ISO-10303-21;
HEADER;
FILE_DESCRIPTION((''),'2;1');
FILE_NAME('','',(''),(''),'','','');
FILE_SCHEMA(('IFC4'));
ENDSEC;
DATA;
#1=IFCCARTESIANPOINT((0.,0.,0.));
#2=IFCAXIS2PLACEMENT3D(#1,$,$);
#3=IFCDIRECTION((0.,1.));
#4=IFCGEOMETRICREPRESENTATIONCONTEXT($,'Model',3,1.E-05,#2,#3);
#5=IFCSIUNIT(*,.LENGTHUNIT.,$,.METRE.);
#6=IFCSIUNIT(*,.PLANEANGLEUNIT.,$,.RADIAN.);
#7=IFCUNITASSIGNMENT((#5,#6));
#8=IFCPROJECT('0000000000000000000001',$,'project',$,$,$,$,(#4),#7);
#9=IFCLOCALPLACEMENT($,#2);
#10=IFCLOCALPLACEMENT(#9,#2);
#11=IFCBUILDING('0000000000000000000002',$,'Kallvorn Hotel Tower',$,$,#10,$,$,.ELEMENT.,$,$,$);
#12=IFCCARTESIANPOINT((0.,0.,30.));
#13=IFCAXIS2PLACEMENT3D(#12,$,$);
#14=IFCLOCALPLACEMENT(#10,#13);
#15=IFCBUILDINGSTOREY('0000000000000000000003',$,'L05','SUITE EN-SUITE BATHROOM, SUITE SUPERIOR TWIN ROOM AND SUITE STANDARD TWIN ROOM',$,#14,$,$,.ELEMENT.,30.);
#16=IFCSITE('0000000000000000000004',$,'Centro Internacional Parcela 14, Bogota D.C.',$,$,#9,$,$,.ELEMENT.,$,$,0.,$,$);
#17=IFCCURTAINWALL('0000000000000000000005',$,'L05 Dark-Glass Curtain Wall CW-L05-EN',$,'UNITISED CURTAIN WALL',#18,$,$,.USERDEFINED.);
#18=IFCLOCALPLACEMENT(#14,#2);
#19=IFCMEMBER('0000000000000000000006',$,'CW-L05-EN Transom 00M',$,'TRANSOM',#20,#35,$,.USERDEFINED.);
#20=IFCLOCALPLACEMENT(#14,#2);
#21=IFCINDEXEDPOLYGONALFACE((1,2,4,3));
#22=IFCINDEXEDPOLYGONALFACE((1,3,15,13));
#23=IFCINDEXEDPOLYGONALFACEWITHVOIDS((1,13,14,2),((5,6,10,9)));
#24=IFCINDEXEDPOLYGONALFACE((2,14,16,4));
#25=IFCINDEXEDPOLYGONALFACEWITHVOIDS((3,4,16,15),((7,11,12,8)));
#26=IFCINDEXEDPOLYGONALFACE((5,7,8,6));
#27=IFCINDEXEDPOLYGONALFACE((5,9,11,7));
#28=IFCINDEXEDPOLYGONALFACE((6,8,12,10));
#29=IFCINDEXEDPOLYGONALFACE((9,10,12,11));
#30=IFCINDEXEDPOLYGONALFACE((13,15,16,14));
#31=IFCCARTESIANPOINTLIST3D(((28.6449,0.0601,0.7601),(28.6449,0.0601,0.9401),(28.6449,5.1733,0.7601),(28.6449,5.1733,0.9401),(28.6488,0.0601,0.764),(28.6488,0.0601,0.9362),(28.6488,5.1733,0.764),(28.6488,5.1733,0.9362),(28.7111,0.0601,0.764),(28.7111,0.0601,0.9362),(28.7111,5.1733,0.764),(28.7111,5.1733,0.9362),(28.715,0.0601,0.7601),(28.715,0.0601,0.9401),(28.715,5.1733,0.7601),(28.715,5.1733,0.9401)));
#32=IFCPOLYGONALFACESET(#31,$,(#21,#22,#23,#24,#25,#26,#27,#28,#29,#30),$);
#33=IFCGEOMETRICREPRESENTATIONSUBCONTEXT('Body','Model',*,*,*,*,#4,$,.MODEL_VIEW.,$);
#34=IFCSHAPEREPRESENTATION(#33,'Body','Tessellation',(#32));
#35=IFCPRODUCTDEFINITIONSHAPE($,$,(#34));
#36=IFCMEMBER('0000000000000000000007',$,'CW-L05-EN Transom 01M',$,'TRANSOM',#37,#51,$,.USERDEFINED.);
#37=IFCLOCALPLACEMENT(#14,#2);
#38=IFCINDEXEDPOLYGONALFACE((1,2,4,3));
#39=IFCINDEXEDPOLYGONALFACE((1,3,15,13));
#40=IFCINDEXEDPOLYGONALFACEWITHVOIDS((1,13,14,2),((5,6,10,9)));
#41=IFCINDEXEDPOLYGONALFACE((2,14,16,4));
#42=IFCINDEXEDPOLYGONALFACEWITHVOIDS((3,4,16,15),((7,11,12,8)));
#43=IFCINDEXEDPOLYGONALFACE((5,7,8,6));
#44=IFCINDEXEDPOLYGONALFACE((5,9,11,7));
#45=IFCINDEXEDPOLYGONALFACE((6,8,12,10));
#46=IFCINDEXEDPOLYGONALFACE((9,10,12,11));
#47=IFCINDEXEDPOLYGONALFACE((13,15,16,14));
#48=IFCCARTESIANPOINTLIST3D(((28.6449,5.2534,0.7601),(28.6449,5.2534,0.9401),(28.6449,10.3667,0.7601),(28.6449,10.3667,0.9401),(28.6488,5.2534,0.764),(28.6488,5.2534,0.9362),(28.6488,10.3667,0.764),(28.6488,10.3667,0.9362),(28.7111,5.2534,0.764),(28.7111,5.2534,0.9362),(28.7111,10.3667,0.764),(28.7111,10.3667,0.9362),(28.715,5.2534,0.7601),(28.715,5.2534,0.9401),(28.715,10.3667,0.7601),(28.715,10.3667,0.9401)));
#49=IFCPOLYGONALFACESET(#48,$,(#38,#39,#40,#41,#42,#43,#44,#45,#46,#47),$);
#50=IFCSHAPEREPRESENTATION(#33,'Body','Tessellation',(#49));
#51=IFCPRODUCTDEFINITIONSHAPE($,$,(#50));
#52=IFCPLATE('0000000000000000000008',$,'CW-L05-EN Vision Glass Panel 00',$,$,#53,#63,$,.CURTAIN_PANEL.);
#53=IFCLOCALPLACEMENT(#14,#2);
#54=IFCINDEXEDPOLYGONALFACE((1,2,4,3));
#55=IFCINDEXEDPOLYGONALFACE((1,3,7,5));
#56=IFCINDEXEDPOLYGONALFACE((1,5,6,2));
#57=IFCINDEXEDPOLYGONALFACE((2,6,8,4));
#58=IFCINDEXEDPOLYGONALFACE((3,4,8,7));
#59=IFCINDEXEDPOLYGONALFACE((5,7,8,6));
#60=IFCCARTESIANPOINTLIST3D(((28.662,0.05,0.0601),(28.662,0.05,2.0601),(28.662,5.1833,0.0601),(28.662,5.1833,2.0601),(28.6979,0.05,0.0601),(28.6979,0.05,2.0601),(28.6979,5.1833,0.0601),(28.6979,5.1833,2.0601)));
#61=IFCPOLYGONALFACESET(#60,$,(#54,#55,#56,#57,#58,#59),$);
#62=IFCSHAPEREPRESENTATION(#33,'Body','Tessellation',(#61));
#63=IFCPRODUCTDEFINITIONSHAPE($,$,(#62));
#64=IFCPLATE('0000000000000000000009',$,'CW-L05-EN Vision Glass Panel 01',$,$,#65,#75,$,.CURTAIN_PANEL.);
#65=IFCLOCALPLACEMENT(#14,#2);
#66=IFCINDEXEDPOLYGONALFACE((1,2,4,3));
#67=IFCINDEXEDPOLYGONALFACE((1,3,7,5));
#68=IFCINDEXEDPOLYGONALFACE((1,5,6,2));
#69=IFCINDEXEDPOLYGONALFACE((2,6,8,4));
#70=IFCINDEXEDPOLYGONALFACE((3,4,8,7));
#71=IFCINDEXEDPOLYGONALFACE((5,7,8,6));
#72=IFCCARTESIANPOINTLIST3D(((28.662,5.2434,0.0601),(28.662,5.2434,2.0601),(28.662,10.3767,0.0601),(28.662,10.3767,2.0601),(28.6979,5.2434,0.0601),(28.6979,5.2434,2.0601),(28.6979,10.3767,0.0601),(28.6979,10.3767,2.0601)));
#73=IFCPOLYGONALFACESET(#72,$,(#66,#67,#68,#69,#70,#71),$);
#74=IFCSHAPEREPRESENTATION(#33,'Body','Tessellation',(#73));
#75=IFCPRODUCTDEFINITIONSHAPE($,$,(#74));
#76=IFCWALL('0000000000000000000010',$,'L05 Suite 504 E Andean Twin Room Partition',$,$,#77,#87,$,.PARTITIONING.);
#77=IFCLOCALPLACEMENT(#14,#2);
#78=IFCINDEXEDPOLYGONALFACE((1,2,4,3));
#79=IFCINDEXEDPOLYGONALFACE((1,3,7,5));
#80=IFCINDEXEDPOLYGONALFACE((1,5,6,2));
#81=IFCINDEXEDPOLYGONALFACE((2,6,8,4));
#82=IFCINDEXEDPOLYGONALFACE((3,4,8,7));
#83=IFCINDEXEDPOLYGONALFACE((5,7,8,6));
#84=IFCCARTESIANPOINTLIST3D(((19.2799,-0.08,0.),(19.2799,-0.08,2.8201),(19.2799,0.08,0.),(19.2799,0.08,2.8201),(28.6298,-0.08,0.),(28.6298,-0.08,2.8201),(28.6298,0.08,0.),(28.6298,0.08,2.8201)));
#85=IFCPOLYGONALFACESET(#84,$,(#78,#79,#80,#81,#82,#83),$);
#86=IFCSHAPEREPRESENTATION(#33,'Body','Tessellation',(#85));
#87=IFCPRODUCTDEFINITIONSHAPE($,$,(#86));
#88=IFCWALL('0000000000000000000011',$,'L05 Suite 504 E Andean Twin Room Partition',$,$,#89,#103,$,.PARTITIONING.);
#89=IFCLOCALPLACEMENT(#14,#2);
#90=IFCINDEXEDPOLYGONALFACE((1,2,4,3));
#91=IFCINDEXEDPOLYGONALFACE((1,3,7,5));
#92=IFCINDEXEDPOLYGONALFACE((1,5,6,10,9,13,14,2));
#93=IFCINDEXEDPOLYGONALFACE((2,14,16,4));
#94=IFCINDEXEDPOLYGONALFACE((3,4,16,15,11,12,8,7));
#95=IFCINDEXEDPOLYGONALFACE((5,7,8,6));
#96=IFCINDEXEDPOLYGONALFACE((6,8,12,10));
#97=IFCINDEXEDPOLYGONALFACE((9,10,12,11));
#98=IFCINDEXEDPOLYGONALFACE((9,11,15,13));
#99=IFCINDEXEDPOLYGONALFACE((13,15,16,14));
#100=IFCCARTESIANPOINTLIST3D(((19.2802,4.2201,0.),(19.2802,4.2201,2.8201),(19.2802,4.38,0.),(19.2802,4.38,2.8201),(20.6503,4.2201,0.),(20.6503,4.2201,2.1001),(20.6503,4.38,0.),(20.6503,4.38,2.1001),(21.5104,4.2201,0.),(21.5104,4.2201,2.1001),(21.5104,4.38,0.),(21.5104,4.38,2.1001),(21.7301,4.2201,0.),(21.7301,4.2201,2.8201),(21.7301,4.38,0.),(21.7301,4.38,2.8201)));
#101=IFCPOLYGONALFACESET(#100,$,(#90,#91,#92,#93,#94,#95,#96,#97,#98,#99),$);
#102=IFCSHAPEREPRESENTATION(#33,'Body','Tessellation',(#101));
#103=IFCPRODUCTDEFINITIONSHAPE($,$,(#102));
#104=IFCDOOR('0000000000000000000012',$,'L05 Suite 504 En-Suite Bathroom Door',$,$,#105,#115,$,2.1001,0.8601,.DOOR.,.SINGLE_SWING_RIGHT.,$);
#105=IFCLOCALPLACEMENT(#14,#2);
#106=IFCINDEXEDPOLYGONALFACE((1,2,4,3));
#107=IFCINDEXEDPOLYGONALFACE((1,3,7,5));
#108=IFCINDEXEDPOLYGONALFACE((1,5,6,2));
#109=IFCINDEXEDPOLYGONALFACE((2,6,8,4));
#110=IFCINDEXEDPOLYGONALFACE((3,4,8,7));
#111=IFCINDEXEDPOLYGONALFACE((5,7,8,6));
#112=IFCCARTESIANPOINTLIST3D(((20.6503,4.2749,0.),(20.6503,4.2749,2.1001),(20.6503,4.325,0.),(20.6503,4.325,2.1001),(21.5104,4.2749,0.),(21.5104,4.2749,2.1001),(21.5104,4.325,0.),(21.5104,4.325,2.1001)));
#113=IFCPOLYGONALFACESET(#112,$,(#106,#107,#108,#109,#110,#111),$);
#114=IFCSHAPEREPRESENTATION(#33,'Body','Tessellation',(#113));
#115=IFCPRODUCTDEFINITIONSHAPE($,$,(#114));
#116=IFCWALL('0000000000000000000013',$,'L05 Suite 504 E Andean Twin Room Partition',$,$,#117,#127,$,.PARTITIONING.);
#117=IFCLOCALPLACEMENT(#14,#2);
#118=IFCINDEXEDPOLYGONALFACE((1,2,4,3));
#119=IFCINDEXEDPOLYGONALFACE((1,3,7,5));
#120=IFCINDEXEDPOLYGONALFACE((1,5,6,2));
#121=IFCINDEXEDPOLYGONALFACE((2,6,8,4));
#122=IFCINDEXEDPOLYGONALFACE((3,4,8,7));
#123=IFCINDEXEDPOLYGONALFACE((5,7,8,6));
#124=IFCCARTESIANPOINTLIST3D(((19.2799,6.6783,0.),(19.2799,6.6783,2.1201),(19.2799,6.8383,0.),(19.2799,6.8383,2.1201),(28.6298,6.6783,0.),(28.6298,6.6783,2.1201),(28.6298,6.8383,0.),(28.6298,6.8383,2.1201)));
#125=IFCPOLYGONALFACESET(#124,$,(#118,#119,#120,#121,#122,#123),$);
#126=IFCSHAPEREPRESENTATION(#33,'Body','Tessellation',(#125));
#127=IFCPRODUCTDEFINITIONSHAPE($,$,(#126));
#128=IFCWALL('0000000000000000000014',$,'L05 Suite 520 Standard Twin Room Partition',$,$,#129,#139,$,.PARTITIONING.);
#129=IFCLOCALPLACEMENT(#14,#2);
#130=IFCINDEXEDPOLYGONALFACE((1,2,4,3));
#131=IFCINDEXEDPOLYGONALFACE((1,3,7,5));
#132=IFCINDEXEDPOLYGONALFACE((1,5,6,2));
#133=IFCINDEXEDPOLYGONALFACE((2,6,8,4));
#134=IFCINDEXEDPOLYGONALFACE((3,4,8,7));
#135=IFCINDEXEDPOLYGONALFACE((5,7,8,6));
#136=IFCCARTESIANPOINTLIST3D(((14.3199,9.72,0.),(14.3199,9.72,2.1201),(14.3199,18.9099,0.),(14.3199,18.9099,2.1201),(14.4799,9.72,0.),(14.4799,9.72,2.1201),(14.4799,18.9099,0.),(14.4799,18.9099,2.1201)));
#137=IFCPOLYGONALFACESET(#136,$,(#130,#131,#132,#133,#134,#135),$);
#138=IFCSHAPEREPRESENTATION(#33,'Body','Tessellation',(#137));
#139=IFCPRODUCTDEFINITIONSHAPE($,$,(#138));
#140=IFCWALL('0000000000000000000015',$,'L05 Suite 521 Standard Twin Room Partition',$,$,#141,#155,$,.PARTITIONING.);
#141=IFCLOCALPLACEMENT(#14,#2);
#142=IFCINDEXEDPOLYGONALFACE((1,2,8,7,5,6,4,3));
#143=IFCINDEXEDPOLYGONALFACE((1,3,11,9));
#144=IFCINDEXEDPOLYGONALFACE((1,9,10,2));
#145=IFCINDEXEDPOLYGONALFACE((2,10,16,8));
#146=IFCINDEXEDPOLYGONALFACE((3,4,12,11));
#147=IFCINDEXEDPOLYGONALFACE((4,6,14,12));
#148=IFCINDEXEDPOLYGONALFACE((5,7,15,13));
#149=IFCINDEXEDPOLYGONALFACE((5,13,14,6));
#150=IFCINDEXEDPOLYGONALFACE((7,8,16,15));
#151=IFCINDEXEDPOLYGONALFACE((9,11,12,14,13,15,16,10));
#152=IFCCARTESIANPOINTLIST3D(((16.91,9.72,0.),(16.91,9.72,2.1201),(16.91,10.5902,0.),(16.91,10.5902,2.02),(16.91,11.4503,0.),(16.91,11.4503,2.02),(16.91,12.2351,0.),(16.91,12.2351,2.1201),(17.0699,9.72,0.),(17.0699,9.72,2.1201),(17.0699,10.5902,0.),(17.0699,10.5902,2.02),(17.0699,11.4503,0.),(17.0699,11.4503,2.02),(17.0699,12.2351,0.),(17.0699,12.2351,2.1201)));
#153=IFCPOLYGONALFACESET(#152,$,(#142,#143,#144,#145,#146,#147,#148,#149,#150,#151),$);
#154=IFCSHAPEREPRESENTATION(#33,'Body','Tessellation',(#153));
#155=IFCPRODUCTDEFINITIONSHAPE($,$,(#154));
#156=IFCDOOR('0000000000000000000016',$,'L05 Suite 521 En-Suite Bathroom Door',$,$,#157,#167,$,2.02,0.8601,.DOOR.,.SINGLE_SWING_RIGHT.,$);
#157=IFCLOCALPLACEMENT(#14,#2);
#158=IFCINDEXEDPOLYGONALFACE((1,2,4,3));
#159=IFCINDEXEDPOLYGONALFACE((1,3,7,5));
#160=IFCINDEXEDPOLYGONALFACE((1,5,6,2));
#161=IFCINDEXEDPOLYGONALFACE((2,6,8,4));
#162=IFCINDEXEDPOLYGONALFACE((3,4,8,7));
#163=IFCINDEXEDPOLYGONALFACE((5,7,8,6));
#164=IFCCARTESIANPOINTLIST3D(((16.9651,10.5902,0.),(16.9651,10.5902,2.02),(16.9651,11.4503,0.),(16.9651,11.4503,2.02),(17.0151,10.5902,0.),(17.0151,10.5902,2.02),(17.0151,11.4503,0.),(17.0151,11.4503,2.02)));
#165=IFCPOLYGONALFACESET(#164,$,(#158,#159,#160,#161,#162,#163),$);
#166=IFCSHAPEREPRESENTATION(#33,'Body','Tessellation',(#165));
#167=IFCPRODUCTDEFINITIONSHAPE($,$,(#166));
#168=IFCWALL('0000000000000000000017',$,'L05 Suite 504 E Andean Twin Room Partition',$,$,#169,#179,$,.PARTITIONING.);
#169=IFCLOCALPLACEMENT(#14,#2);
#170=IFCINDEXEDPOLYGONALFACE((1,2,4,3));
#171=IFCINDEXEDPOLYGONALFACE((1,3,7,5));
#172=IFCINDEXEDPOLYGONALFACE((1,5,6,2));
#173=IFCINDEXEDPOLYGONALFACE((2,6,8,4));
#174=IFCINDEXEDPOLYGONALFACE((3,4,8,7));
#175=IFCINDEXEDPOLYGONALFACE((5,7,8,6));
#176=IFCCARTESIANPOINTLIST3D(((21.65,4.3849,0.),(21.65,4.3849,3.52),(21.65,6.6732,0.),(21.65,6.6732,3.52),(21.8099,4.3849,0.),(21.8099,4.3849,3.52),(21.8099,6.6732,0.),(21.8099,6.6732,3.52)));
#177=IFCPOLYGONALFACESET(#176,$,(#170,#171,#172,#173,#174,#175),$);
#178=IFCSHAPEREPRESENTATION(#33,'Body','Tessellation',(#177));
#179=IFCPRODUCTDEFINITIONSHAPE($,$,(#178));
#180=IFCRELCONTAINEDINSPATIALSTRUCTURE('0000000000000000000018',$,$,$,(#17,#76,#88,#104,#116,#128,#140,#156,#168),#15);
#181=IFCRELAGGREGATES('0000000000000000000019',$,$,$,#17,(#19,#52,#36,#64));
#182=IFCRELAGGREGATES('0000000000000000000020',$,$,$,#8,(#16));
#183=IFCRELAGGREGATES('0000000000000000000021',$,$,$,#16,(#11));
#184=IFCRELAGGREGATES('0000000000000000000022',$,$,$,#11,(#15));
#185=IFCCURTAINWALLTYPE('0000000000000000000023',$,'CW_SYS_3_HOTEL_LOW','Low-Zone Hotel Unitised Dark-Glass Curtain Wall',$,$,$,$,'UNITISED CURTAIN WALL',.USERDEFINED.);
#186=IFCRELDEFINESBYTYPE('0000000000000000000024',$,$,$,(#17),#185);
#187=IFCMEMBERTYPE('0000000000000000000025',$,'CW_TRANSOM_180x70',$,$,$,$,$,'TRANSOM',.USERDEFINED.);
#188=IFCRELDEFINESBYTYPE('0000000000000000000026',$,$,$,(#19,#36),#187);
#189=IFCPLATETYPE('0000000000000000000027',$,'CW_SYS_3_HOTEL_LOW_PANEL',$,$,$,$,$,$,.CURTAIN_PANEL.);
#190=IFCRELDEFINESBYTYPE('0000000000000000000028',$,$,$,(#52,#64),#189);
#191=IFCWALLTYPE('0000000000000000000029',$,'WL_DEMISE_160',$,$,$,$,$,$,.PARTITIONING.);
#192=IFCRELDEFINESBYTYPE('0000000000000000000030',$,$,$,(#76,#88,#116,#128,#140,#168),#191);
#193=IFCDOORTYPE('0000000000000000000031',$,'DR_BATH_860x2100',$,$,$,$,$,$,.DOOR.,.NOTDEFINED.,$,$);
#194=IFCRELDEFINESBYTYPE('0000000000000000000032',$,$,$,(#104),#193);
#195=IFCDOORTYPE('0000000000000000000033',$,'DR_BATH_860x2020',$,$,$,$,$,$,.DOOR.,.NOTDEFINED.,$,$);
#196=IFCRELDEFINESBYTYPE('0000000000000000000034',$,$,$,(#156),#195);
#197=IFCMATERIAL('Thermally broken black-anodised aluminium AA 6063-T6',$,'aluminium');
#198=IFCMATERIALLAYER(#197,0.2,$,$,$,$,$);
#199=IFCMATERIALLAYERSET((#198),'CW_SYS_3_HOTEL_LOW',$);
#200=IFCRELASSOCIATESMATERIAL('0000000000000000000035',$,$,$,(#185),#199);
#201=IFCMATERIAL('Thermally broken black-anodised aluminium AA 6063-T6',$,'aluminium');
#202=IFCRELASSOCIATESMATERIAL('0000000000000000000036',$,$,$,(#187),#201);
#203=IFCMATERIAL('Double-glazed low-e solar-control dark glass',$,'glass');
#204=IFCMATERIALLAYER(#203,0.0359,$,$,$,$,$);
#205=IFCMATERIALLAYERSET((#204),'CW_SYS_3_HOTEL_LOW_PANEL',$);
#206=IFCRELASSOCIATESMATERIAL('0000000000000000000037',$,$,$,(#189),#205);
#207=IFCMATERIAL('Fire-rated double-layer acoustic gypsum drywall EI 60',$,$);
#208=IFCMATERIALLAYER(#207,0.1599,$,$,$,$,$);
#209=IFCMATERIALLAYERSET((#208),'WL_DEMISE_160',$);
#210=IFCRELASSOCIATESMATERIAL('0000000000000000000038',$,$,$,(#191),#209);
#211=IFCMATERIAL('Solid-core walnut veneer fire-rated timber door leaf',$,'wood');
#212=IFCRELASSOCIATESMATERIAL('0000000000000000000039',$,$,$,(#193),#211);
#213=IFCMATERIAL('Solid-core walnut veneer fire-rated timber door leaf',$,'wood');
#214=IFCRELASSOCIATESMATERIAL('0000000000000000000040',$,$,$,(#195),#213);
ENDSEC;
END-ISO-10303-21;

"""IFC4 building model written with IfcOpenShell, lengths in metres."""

from ifc_helpers import new_model, si_unit, direction, frame, frame_2d, origin, origin_2d, place, context, subcontext, project, spatial, rectangle, hollow_rectangle, extrude, material, layer, layer_set, material_profile, profile_set, type_object, element, fill, aggregate, save


model = new_model("IFC4")

# Units and contexts
model_context = context("Model", 3, precision=1e-05, world=origin(), true_north=direction((0.0, 1.0)))
body_context = subcontext(model_context, "Body", "Model", "MODEL_VIEW")
ifc_project = project(units=[si_unit("LENGTHUNIT", "METRE"), si_unit("PLANEANGLEUNIT", "RADIAN")], contexts=[model_context])

# Site, building, storey
site_placement = place(None, origin())
site = spatial("IfcSite", under=ifc_project, at=site_placement, Name="Centro Internacional Parcela 14, Bogota D.C.", CompositionType="ELEMENT", RefElevation=0.0)
building_placement = place(site_placement, origin())
building = spatial("IfcBuilding", under=site, at=building_placement, Name="Kallvorn Hotel Tower", CompositionType="ELEMENT")
storey_placement = place(building_placement, frame((0.0, 0.0, 30.0)))
storey = spatial("IfcBuildingStorey", under=building, at=storey_placement, Name="L05", Description="SUITE EN-SUITE BATHROOM, SUITE SUPERIOR TWIN ROOM AND SUITE STANDARD TWIN ROOM", CompositionType="ELEMENT", Elevation=30.0)

# Curtain wall, members, plates
ifc_material_1 = material(Name="Thermally broken black-anodised aluminium AA 6063-T6", Category="aluminium")
ifc_layer_1 = layer(ifc_material_1, 0.2)
ifc_layer_set_1 = layer_set([ifc_layer_1], Name="CW_SYS_3_HOTEL_LOW")
curtain_wall_type = type_object("IfcCurtainWallType", Name="CW_SYS_3_HOTEL_LOW", Description="Low-Zone Hotel Unitised Dark-Glass Curtain Wall", ElementType="UNITISED CURTAIN WALL", PredefinedType="USERDEFINED", material=ifc_layer_set_1)
curtain_wall_placement = place(storey_placement, origin())
curtain_wall = element("IfcCurtainWall", 1, at=curtain_wall_placement, inside=storey, type_object=curtain_wall_type, Name="L05 Dark-Glass Curtain Wall CW-L05-EN", ObjectType="UNITISED CURTAIN WALL", PredefinedType="USERDEFINED")
ifc_material_2 = material(Name="Thermally broken black-anodised aluminium AA 6063-T6", Category="aluminium")
ifc_material_profile_1 = material_profile(ifc_material_2, hollow_rectangle(XDim=0.0701, YDim=0.1799, WallThickness=0.0039, at=origin_2d()), Name="TRN 180x70")
ifc_profile_set_1 = profile_set([ifc_material_profile_1], Name="Thermally broken black-anodised aluminium AA 6063-T6")
member_type_1 = type_object("IfcMemberType", Name="CW_TRANSOM_180x70", ElementType="TRANSOM", PredefinedType="USERDEFINED", material=ifc_profile_set_1)
member_1_placement = place(storey_placement, frame((28.6799, 0.0601, 0.8501), z_axis=(0.0, 1.0, 0.0), x_axis=(-1.0, 0.0, 0.0)))
member_1 = element("IfcMember", 2, at=member_1_placement, type_object=member_type_1, Name="CW-L05-EN Transom 00M", ObjectType="TRANSOM", PredefinedType="USERDEFINED", context=body_context, shape_type="SweptSolid", body=[
    extrude(hollow_rectangle(XDim=0.0701, YDim=0.1799, WallThickness=0.0039, at=origin_2d()), origin(), (0.0, 0.0, 1.0), 5.1133),
])
member_2_placement = place(storey_placement, frame((28.6799, 5.2534, 0.8501), z_axis=(0.0, 1.0, 0.0), x_axis=(-1.0, 0.0, 0.0)))
member_2 = element("IfcMember", 3, at=member_2_placement, type_object=member_type_1, Name="CW-L05-EN Transom 01M", ObjectType="TRANSOM", PredefinedType="USERDEFINED", context=body_context, shape_type="SweptSolid", body=[
    extrude(hollow_rectangle(XDim=0.0701, YDim=0.1799, WallThickness=0.0039, at=origin_2d()), origin(), (0.0, 0.0, 1.0), 5.1133),
])
ifc_material_3 = material(Name="Double-glazed low-e solar-control dark glass", Category="glass")
ifc_layer_2 = layer(ifc_material_3, 0.0359)
ifc_layer_set_2 = layer_set([ifc_layer_2], Name="CW_SYS_3_HOTEL_LOW_PANEL")
plate_type = type_object("IfcPlateType", Name="CW_SYS_3_HOTEL_LOW_PANEL", PredefinedType="CURTAIN_PANEL", material=ifc_layer_set_2)
plate_1_placement = place(storey_placement, frame((28.6799, 2.6167, 0.0601), z_axis=(0.0, 0.0, 1.0), x_axis=(0.0, 1.0, 0.0)))
plate_1 = element("IfcPlate", 4, at=plate_1_placement, type_object=plate_type, Name="CW-L05-EN Vision Glass Panel 00", PredefinedType="CURTAIN_PANEL", context=body_context, shape_type="SweptSolid", body=[
    extrude(rectangle(XDim=5.1333, YDim=0.0359, at=origin_2d()), origin(), (0.0, 0.0, 1.0), 2.0),
])
plate_2_placement = place(storey_placement, frame((28.6799, 7.8101, 0.0601), z_axis=(0.0, 0.0, 1.0), x_axis=(0.0, 1.0, 0.0)))
plate_2 = element("IfcPlate", 5, at=plate_2_placement, type_object=plate_type, Name="CW-L05-EN Vision Glass Panel 01", PredefinedType="CURTAIN_PANEL", context=body_context, shape_type="SweptSolid", body=[
    extrude(rectangle(XDim=5.1333, YDim=0.0359, at=origin_2d()), origin(), (0.0, 0.0, 1.0), 2.0),
])
aggregate(curtain_wall, [member_1, plate_1, member_2, plate_2])

# Wall
ifc_material_4 = material(Name="Fire-rated double-layer acoustic gypsum drywall EI 60")
ifc_layer_3 = layer(ifc_material_4, 0.1599)
ifc_layer_set_3 = layer_set([ifc_layer_3], Name="WL_DEMISE_160")
wall_type = type_object("IfcWallType", Name="WL_DEMISE_160", PredefinedType="PARTITIONING", material=ifc_layer_set_3)
wall_1_placement = place(storey_placement, frame((19.28, 0.0, 0.0), z_axis=(0.0, 0.0, 1.0), x_axis=(1.0, 0.0, 0.0)))
element("IfcWall", 6, at=wall_1_placement, inside=storey, type_object=wall_type, Name="L05 Suite 504 E Andean Twin Room Partition", PredefinedType="PARTITIONING", context=body_context, shape_type="SweptSolid", body=[
    extrude(rectangle(XDim=9.3499, YDim=0.1599, at=frame_2d((4.6748, 0.0))), origin(), (0.0, 0.0, 1.0), 2.8201),
])

# Wall, opening, door
wall_2_placement = place(storey_placement, frame((19.28, 4.3, 0.0), z_axis=(0.0, 0.0, 1.0), x_axis=(1.0, 0.0, 0.0)))
wall_2 = element("IfcWall", 7, at=wall_2_placement, inside=storey, type_object=wall_type, Name="L05 Suite 504 E Andean Twin Room Partition", PredefinedType="PARTITIONING", context=body_context, shape_type="SweptSolid", body=[
    extrude(rectangle(XDim=2.45, YDim=0.1599, at=frame_2d((1.2251, 0.0))), origin(), (0.0, 0.0, 1.0), 2.8201),
])
opening_1_placement = place(wall_2_placement, frame((1.3701, 0.0, 0.0)))
opening_1 = element("IfcOpeningElement", 8, at=opening_1_placement, cuts=wall_2, PredefinedType="OPENING", context=body_context, shape_type="SweptSolid", body=[
    extrude(rectangle(XDim=0.8601, YDim=2.1001, at=frame_2d((0.4302, 1.05))), frame((0.0, 0.095, 0.0), z_axis=(0.0, -1.0, 0.0), x_axis=(1.0, 0.0, 0.0)), (0.0, 0.0, 1.0), 0.1899),
])
ifc_material_5 = material(Name="Solid-core walnut veneer fire-rated timber door leaf", Category="wood")
door_type_1 = type_object("IfcDoorType", Name="DR_BATH_860x2100", OperationType="NOTDEFINED", PredefinedType="DOOR", material=ifc_material_5)
door_1_placement = place(opening_1_placement, origin())
door_1 = element("IfcDoor", 9, at=door_1_placement, inside=storey, type_object=door_type_1, Name="L05 Suite 504 En-Suite Bathroom Door", OperationType="SINGLE_SWING_RIGHT", OverallHeight=2.1001, OverallWidth=0.8601, PredefinedType="DOOR", context=body_context, shape_type="SweptSolid", body=[
    extrude(rectangle(XDim=0.8601, YDim=2.1001, at=frame_2d((0.4302, 1.05))), frame((0.0, 0.0249, 0.0), z_axis=(0.0, -1.0, 0.0), x_axis=(1.0, 0.0, 0.0)), (0.0, 0.0, 1.0), 0.05),
])
fill(opening_1, door_1)

# Walls
wall_3_placement = place(storey_placement, frame((19.28, 6.7583, 0.0), z_axis=(0.0, 0.0, 1.0), x_axis=(1.0, 0.0, 0.0)))
element("IfcWall", 10, at=wall_3_placement, inside=storey, type_object=wall_type, Name="L05 Suite 504 E Andean Twin Room Partition", PredefinedType="PARTITIONING", context=body_context, shape_type="SweptSolid", body=[
    extrude(rectangle(XDim=9.3499, YDim=0.1599, at=frame_2d((4.6748, 0.0))), origin(), (0.0, 0.0, 1.0), 2.1201),
])
wall_4_placement = place(storey_placement, frame((14.3999, 9.72, 0.0), z_axis=(0.0, 0.0, 1.0), x_axis=(0.0, 1.0, 0.0)))
element("IfcWall", 11, at=wall_4_placement, inside=storey, type_object=wall_type, Name="L05 Suite 520 Standard Twin Room Partition", PredefinedType="PARTITIONING", context=body_context, shape_type="SweptSolid", body=[
    extrude(rectangle(XDim=9.1899, YDim=0.1599, at=frame_2d((4.595, 0.0))), origin(), (0.0, 0.0, 1.0), 2.1201),
])

# Wall, opening, door
wall_5_placement = place(storey_placement, frame((16.99, 9.72, 0.0), z_axis=(0.0, 0.0, 1.0), x_axis=(0.0, 1.0, 0.0)))
wall_5 = element("IfcWall", 12, at=wall_5_placement, inside=storey, type_object=wall_type, Name="L05 Suite 521 Standard Twin Room Partition", PredefinedType="PARTITIONING", context=body_context, shape_type="SweptSolid", body=[
    extrude(rectangle(XDim=2.5151, YDim=0.1599, at=frame_2d((1.2576, 0.0))), origin(), (0.0, 0.0, 1.0), 2.1201),
])
opening_2_placement = place(wall_5_placement, frame((0.8701, 0.0, 0.0)))
opening_2 = element("IfcOpeningElement", 13, at=opening_2_placement, cuts=wall_5, PredefinedType="OPENING", context=body_context, shape_type="SweptSolid", body=[
    extrude(rectangle(XDim=0.8601, YDim=2.02, at=frame_2d((0.4302, 1.01))), frame((0.0, 0.095, 0.0), z_axis=(0.0, -1.0, 0.0), x_axis=(1.0, 0.0, 0.0)), (0.0, 0.0, 1.0), 0.1899),
])
ifc_material_6 = material(Name="Solid-core walnut veneer fire-rated timber door leaf", Category="wood")
door_type_2 = type_object("IfcDoorType", Name="DR_BATH_860x2020", OperationType="NOTDEFINED", PredefinedType="DOOR", material=ifc_material_6)
door_2_placement = place(opening_2_placement, origin())
door_2 = element("IfcDoor", 14, at=door_2_placement, inside=storey, type_object=door_type_2, Name="L05 Suite 521 En-Suite Bathroom Door", OperationType="SINGLE_SWING_RIGHT", OverallHeight=2.02, OverallWidth=0.8601, PredefinedType="DOOR", context=body_context, shape_type="SweptSolid", body=[
    extrude(rectangle(XDim=0.8601, YDim=2.02, at=frame_2d((0.4302, 1.01))), frame((0.0, 0.0249, 0.0), z_axis=(0.0, -1.0, 0.0), x_axis=(1.0, 0.0, 0.0)), (0.0, 0.0, 1.0), 0.05),
])
fill(opening_2, door_2)

# Wall
wall_6_placement = place(storey_placement, frame((21.73, 4.385, 0.0), z_axis=(0.0, 0.0, 1.0), x_axis=(0.0, 1.0, 0.0)))
element("IfcWall", 15, at=wall_6_placement, inside=storey, type_object=wall_type, Name="L05 Suite 504 E Andean Twin Room Partition", PredefinedType="PARTITIONING", context=body_context, shape_type="SweptSolid", body=[
    extrude(rectangle(XDim=2.2883, YDim=0.1599, at=frame_2d((1.144, 0.0))), origin(), (0.0, 0.0, 1.0), 3.52),
])

save(model, "model.ifc")
